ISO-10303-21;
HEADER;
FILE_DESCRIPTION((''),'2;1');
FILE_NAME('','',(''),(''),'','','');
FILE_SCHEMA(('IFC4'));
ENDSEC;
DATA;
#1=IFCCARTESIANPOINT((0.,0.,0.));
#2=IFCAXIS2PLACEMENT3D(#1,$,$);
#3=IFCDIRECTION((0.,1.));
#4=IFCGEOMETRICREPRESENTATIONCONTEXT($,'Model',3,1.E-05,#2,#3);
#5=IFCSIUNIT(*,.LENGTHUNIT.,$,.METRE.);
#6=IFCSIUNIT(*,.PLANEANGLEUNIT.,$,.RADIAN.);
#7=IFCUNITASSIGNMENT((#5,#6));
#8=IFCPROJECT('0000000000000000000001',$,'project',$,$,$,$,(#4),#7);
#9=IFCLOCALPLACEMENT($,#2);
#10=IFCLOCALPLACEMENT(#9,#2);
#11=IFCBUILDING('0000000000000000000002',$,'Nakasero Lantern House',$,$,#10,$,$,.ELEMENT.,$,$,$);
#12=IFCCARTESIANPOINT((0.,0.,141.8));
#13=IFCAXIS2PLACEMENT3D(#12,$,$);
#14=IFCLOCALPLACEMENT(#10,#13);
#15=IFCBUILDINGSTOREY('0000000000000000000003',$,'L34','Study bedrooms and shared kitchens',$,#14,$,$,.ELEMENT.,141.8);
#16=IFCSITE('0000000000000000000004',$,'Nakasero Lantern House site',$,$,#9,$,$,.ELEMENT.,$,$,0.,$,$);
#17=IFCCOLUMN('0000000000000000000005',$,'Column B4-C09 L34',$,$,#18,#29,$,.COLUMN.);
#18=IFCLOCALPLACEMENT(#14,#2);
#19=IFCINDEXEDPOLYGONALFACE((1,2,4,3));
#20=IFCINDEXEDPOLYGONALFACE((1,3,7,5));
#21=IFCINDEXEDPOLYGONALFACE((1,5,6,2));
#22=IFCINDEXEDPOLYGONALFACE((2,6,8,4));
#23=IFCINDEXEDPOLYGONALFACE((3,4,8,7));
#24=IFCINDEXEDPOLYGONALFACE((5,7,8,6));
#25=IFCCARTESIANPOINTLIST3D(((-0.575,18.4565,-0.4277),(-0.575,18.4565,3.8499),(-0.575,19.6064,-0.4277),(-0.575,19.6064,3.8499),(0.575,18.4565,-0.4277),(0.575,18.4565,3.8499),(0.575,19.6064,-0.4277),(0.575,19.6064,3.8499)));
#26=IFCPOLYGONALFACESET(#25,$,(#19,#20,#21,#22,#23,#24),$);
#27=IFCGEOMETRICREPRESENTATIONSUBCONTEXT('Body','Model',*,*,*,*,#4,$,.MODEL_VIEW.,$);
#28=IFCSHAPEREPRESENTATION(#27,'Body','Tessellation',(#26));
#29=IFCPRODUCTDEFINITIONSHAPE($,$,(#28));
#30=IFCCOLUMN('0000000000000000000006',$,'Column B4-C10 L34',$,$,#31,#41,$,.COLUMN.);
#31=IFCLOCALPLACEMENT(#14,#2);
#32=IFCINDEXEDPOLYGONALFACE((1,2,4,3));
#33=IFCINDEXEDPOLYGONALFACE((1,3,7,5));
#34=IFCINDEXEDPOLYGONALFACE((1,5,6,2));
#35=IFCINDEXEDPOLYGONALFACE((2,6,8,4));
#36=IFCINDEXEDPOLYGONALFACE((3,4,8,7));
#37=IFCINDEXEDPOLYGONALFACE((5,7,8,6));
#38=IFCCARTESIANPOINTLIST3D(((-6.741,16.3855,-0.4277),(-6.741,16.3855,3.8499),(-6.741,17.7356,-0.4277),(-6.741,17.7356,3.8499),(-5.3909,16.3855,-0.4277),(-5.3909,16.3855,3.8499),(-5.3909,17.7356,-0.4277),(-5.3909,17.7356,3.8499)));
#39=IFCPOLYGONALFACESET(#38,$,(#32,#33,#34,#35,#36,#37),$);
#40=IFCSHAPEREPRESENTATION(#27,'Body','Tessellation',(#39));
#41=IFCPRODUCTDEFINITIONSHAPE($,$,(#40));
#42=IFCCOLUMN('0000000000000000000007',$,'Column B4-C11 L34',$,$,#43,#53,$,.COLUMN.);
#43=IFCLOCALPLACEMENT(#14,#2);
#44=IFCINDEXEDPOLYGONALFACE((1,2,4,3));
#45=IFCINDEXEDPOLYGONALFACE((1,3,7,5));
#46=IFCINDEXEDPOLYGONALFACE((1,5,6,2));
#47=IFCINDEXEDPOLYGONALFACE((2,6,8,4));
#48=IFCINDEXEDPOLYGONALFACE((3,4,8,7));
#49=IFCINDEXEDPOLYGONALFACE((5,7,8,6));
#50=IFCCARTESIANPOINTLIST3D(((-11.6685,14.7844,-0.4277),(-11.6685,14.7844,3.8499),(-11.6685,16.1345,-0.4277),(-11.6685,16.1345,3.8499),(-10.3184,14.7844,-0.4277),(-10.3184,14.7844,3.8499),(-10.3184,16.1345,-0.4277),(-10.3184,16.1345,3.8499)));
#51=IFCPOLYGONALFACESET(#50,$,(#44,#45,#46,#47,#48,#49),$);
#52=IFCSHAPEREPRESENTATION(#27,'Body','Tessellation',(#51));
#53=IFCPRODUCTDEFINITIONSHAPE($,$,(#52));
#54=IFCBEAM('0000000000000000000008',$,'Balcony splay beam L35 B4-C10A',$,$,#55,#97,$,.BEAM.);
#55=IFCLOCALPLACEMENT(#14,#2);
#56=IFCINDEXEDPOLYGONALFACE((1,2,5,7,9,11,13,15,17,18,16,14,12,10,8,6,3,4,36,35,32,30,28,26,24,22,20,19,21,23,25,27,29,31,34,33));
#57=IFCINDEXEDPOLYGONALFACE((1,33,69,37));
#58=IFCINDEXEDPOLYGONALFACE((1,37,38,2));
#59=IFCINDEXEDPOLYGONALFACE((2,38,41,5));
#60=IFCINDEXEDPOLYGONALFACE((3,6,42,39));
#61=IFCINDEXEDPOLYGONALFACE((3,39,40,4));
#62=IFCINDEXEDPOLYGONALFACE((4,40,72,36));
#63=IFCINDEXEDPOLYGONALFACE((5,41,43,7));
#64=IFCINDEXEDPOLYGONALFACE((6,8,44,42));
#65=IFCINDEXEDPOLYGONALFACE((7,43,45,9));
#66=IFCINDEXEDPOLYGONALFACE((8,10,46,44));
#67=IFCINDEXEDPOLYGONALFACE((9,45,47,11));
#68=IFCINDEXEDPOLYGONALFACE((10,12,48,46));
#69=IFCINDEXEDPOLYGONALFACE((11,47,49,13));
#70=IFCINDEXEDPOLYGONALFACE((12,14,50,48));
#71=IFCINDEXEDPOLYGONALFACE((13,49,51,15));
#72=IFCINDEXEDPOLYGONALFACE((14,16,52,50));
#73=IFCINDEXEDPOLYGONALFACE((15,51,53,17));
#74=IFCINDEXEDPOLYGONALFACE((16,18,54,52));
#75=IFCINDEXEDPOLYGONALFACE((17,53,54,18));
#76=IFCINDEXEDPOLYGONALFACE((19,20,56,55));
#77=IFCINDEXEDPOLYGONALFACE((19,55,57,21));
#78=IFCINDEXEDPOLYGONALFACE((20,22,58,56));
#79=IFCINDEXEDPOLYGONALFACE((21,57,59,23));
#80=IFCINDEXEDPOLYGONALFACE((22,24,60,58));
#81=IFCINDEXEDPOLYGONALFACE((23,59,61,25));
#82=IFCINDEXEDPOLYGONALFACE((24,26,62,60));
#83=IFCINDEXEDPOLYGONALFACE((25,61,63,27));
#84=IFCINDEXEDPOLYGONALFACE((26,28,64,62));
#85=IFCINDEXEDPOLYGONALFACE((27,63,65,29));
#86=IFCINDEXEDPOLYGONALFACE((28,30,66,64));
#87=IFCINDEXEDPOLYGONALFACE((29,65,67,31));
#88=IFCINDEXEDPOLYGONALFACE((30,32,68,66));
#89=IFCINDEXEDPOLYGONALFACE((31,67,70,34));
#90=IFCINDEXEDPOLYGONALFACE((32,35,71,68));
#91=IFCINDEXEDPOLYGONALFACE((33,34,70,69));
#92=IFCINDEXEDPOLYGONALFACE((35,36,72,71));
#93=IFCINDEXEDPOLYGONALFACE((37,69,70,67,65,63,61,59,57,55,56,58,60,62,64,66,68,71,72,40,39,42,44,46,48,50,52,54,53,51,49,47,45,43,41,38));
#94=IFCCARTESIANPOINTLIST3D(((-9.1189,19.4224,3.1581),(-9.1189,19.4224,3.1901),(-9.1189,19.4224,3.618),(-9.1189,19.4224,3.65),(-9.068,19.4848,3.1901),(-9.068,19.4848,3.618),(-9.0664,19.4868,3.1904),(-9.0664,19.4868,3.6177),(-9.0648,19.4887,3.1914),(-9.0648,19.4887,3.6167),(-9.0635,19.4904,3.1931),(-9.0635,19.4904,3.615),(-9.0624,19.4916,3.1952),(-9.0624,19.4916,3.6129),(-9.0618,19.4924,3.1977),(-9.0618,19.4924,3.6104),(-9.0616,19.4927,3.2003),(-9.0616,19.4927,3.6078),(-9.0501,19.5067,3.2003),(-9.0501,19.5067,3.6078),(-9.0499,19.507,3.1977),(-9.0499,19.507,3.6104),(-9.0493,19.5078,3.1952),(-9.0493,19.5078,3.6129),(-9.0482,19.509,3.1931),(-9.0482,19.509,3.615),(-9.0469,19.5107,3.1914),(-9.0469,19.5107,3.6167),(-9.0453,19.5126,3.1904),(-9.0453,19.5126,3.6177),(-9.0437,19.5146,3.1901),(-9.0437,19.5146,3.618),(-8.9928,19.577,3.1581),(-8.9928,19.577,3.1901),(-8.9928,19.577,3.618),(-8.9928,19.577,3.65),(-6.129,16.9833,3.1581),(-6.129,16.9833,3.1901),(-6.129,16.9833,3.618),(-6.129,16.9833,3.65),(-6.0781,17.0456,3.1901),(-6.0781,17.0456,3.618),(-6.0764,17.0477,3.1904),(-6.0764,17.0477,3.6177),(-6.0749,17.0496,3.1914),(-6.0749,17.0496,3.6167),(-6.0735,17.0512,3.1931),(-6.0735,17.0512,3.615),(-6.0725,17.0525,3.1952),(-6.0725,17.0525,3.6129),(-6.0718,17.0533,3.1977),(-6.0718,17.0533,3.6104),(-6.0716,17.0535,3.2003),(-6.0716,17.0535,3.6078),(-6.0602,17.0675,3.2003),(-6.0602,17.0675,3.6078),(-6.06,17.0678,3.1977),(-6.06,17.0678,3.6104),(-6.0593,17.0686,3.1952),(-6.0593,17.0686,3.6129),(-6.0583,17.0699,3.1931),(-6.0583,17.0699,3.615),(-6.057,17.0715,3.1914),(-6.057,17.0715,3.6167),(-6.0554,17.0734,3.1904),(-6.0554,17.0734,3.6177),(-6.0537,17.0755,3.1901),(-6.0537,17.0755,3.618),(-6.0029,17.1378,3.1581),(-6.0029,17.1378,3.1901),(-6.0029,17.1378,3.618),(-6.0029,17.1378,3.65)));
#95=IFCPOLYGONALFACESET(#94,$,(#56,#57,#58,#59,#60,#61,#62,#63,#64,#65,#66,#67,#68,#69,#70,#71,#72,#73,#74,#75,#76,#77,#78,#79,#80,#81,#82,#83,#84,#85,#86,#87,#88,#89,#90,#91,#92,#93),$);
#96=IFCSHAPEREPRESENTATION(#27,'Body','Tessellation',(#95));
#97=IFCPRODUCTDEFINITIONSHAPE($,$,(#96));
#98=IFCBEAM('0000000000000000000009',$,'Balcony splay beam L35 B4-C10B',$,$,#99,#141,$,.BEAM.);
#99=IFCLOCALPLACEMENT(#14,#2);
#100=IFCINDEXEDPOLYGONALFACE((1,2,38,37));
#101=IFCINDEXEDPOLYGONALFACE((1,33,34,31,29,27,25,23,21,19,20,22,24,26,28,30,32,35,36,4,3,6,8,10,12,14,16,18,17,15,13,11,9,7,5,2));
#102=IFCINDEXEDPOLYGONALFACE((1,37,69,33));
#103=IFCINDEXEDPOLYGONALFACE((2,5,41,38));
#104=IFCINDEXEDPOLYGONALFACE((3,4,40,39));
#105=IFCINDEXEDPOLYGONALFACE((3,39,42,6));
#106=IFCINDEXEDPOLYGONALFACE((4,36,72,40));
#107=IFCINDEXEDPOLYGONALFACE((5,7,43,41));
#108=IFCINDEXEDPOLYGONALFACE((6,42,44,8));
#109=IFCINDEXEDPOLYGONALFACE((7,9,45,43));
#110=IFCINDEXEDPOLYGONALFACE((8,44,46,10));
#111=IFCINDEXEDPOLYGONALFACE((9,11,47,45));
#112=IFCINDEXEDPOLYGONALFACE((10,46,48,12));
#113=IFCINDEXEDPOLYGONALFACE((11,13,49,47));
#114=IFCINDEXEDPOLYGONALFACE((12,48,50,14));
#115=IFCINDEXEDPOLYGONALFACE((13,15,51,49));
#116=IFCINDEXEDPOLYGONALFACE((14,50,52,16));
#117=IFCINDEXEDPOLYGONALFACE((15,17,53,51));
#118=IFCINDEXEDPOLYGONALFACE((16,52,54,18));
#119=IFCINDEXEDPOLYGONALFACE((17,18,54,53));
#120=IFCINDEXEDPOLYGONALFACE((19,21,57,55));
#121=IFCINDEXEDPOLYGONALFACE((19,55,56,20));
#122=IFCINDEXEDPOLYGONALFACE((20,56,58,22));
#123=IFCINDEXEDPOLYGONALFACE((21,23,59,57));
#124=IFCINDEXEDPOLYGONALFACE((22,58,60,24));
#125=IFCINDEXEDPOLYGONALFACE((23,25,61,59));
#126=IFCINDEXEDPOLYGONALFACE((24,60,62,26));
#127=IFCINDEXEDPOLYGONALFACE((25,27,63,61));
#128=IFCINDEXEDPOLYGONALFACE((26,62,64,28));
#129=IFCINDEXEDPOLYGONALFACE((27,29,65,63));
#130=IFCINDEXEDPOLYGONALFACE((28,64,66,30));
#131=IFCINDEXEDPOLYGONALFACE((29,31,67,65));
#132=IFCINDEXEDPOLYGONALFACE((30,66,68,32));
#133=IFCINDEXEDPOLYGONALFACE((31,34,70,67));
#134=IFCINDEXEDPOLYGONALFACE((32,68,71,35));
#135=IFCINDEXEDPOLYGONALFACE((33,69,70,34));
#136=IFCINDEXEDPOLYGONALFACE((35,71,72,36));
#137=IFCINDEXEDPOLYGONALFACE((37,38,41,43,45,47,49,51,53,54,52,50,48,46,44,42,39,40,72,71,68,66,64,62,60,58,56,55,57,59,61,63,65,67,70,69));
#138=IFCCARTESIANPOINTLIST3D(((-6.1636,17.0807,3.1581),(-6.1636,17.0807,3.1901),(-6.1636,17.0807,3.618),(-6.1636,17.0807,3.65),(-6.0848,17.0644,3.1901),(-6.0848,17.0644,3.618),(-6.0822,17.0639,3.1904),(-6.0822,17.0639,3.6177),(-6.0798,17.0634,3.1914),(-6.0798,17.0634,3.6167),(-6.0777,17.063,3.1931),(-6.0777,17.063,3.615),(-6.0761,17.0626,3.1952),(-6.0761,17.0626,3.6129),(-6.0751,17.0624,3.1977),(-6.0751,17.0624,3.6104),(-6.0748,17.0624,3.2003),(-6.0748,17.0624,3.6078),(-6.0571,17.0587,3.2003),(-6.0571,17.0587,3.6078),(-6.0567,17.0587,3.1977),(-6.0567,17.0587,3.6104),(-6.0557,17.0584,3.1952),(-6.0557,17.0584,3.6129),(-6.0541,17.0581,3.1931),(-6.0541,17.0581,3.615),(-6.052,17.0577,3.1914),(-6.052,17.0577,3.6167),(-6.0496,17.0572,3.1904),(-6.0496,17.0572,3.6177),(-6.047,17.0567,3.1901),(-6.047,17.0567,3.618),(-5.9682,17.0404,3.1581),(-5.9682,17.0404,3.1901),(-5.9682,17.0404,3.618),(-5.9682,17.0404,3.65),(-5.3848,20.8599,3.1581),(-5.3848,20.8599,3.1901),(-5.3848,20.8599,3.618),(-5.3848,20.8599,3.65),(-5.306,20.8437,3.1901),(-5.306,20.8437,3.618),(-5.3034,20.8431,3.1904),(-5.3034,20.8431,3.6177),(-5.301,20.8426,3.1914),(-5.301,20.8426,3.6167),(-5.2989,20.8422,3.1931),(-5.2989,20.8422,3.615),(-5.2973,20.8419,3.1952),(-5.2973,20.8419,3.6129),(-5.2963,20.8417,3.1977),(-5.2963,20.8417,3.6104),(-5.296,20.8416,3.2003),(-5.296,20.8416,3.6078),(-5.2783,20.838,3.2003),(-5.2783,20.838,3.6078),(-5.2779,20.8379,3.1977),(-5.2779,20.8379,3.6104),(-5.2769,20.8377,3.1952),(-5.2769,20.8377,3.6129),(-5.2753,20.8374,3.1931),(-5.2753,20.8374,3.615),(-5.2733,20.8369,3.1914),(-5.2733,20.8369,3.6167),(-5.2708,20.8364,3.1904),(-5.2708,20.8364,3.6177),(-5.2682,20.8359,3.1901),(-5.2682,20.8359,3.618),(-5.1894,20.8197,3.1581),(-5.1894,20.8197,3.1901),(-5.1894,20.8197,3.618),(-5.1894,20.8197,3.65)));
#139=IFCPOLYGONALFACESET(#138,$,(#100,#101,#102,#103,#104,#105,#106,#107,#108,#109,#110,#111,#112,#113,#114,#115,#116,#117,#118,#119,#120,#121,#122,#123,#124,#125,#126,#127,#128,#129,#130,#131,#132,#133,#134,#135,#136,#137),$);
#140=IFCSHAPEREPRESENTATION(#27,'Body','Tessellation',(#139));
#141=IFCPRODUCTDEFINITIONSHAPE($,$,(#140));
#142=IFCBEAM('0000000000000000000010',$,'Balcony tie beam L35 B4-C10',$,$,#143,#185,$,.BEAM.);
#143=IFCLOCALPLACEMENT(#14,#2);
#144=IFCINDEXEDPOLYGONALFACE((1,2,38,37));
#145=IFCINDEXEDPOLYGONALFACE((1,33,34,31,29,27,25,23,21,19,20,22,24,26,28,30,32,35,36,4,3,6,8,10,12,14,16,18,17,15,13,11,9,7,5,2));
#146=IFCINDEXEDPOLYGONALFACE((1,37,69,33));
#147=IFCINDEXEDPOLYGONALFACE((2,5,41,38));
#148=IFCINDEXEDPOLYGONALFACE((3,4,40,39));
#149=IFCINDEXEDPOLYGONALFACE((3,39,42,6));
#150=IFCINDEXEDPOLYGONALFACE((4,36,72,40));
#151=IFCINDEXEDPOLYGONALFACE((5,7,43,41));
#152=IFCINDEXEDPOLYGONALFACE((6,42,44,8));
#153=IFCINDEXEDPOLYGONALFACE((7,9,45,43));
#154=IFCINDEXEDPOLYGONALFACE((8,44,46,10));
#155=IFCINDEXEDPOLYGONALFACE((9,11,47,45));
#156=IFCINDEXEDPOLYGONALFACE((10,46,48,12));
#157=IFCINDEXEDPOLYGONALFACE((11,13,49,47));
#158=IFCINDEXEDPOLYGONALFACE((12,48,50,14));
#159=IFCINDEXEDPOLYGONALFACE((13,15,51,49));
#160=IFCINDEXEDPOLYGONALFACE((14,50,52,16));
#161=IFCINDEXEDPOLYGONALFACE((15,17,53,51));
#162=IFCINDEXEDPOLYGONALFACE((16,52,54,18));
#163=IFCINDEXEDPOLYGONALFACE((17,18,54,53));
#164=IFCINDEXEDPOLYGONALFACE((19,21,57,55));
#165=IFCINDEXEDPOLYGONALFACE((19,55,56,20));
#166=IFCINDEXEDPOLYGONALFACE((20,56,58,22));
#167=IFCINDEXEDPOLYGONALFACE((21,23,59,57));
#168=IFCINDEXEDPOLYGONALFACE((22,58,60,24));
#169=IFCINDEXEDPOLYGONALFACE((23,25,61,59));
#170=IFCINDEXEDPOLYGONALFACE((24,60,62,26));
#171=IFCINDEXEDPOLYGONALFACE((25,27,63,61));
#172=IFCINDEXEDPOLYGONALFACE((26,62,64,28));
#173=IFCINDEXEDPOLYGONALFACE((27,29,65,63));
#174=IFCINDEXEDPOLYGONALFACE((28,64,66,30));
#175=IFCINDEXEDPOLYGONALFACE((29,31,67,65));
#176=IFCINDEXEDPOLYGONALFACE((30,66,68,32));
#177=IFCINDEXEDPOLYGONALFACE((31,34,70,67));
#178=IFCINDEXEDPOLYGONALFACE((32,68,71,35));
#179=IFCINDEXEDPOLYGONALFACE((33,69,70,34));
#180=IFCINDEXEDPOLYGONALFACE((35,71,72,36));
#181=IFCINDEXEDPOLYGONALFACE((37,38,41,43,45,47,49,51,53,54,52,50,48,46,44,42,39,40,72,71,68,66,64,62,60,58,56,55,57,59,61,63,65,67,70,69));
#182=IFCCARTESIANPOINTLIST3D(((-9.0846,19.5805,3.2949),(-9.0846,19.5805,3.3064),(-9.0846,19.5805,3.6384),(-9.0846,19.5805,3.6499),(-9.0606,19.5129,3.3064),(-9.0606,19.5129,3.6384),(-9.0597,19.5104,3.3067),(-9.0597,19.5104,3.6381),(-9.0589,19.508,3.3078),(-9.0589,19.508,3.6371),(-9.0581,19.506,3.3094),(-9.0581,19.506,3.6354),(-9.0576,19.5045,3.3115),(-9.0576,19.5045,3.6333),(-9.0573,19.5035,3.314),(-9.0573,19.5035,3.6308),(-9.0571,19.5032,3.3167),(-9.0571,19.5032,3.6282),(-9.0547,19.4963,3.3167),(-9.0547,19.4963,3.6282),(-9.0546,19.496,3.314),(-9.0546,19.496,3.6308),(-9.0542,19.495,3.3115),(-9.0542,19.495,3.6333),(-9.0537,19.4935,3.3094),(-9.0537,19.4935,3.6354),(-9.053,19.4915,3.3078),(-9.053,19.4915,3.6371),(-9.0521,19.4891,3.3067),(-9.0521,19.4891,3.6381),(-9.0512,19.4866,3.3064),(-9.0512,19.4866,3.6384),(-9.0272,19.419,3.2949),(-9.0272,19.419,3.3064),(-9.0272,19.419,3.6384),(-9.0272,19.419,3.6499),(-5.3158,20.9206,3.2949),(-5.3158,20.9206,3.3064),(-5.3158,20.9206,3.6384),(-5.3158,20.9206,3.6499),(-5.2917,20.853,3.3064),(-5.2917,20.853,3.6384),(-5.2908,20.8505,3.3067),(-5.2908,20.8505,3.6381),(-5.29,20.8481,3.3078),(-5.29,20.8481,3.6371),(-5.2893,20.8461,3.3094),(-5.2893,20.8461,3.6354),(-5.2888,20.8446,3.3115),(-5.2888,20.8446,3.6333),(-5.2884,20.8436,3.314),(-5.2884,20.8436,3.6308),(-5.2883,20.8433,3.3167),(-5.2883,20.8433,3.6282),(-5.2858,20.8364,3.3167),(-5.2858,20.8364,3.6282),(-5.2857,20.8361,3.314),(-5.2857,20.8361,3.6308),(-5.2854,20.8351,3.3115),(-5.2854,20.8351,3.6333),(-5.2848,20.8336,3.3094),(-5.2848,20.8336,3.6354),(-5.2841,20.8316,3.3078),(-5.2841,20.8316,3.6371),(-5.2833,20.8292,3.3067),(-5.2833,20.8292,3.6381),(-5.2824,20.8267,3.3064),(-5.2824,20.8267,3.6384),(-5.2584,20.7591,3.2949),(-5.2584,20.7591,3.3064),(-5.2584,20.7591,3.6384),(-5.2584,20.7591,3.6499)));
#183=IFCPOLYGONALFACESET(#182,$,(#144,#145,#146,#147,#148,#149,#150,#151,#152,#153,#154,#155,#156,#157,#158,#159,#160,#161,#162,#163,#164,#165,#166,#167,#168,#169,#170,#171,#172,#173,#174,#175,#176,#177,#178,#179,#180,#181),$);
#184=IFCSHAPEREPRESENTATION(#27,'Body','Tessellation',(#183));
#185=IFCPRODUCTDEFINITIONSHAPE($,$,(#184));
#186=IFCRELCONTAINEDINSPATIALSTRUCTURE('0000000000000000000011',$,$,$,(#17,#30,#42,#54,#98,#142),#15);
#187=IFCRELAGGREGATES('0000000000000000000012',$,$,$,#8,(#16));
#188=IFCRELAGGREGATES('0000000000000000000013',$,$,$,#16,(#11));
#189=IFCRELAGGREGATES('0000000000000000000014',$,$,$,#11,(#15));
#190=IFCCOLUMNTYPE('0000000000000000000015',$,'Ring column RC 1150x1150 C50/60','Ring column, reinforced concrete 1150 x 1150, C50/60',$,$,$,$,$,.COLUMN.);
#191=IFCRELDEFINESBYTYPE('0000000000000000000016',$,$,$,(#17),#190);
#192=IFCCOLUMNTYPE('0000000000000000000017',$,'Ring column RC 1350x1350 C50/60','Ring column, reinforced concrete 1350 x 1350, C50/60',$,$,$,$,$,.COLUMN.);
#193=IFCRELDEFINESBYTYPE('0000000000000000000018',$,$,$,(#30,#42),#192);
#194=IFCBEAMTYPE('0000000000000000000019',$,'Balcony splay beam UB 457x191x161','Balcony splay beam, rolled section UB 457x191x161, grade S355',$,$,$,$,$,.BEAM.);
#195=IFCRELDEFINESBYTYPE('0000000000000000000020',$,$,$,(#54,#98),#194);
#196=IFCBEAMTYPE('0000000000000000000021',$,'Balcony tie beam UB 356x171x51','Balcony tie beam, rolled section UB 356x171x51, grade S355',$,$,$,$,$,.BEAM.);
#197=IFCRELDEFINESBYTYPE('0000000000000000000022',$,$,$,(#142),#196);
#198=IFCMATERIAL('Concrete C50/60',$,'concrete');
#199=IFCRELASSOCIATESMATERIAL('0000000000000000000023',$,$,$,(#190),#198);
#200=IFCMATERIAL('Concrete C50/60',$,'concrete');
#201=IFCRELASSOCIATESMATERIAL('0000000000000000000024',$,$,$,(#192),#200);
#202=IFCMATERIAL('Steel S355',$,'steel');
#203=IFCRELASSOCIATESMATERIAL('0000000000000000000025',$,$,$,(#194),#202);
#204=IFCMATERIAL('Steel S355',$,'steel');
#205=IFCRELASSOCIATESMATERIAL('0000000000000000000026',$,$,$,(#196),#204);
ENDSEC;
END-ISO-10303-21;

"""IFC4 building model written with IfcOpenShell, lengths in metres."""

from ifc_helpers import new_model, si_unit, direction, frame, origin, origin_2d, place, context, subcontext, project, spatial, rectangle, i_section, extrude, material, material_profile, profile_set, type_object, element, save


model = new_model("IFC4")

# Units and contexts
model_context = context("Model", 3, precision=1e-05, world=origin(), true_north=direction((0.0, 1.0)))
body_context = subcontext(model_context, "Body", "Model", "MODEL_VIEW")
ifc_project = project(units=[si_unit("LENGTHUNIT", "METRE"), si_unit("PLANEANGLEUNIT", "RADIAN")], contexts=[model_context])

# Site, building, storey
site_placement = place(None, origin())
site = spatial("IfcSite", under=ifc_project, at=site_placement, Name="Nakasero Lantern House site", CompositionType="ELEMENT", RefElevation=0.0)
building_placement = place(site_placement, origin())
building = spatial("IfcBuilding", under=site, at=building_placement, Name="Nakasero Lantern House", CompositionType="ELEMENT")
storey_placement = place(building_placement, frame((0.0, 0.0, 141.8)))
storey = spatial("IfcBuildingStorey", under=building, at=storey_placement, Name="L34", Description="Study bedrooms and shared kitchens", CompositionType="ELEMENT", Elevation=141.8)

# Columns
ifc_material_1 = material(Name="Concrete C50/60", Category="concrete")
ifc_material_profile_1 = material_profile(ifc_material_1, rectangle(XDim=1.1499, YDim=1.1499, at=origin_2d()), Name="RC 1150x1150")
ifc_profile_set_1 = profile_set([ifc_material_profile_1], Name="Concrete C50/60")
column_type_1 = type_object("IfcColumnType", Name="Ring column RC 1150x1150 C50/60", Description="Ring column, reinforced concrete 1150 x 1150, C50/60", PredefinedType="COLUMN", material=ifc_profile_set_1)
column_placement = place(storey_placement, frame((0.0, 19.0315, -0.4277), z_axis=(0.0, 0.0, 1.0), x_axis=(1.0, 0.0, 0.0)))
element("IfcColumn", 1, at=column_placement, inside=storey, type_object=column_type_1, Name="Column B4-C09 L34", PredefinedType="COLUMN", context=body_context, shape_type="SweptSolid", body=[
    extrude(rectangle(XDim=1.1499, YDim=1.1499, at=origin_2d()), origin(), (0.0, 0.0, 1.0), 4.2776),
])
ifc_material_2 = material(Name="Concrete C50/60", Category="concrete")
ifc_material_profile_2 = material_profile(ifc_material_2, rectangle(XDim=1.3501, YDim=1.3501, at=origin_2d()), Name="RC 1350x1350")
ifc_profile_set_2 = profile_set([ifc_material_profile_2], Name="Concrete C50/60")
column_type_2 = type_object("IfcColumnType", Name="Ring column RC 1350x1350 C50/60", Description="Ring column, reinforced concrete 1350 x 1350, C50/60", PredefinedType="COLUMN", material=ifc_profile_set_2)
for number, where, z_axis, x_axis, name in (
    (2, (-6.0659, 17.0605, -0.4277), (0.0, 0.0, 1.0), (1.0, 0.0, 0.0), "Column B4-C10 L34"),
    (3, (-10.9934, 15.4595, -0.4277), (0.0, 0.0, 1.0), (1.0, 0.0, 0.0), "Column B4-C11 L34"),
):
    element("IfcColumn", number, at=place(storey_placement, frame(where, z_axis=z_axis, x_axis=x_axis)), inside=storey, type_object=column_type_2, Name=name, PredefinedType="COLUMN", context=body_context, shape_type="SweptSolid", body=[
        extrude(rectangle(XDim=1.3501, YDim=1.3501, at=origin_2d()), origin(), (0.0, 0.0, 1.0), 4.2776),
    ])

# Beams
ifc_material_3 = material(Name="Steel S355", Category="steel")
ifc_material_profile_3 = material_profile(ifc_material_3, i_section(OverallWidth=0.1995, OverallDepth=0.4919, WebThickness=0.0181, FlangeThickness=0.032, FilletRadius=0.0103, at=origin_2d()), Name="UB 457x191x161")
ifc_profile_set_3 = profile_set([ifc_material_profile_3], Name="Steel S355")
beam_type_1 = type_object("IfcBeamType", Name="Balcony splay beam UB 457x191x161", Description="Balcony splay beam, rolled section UB 457x191x161, grade S355", PredefinedType="BEAM", material=ifc_profile_set_3)
for number, where, z_axis, x_axis, name in (
    (4, (-6.0659, 17.0605, 3.4041), (-0.774864, 0.632128, 0.0), (-0.632128, -0.774864, 0.0), "Balcony splay beam L35 B4-C10A"),
    (5, (-6.0659, 17.0605, 3.4041), (0.201831, 0.97942, 0.0), (-0.97942, 0.201831, 0.0), "Balcony splay beam L35 B4-C10B"),
):
    element("IfcBeam", number, at=place(storey_placement, frame(where, z_axis=z_axis, x_axis=x_axis)), inside=storey, type_object=beam_type_1, Name=name, PredefinedType="BEAM", context=body_context, shape_type="SweptSolid", body=[
        extrude(i_section(OverallWidth=0.1995, OverallDepth=0.4919, WebThickness=0.0181, FlangeThickness=0.032, FilletRadius=0.0103, at=origin_2d()), origin(), (0.0, 0.0, 1.0), 3.8586),
    ])
ifc_material_4 = material(Name="Steel S355", Category="steel")
ifc_material_profile_4 = material_profile(ifc_material_4, i_section(OverallWidth=0.1714, OverallDepth=0.355, WebThickness=0.0073, FlangeThickness=0.0115, FilletRadius=0.0103, at=origin_2d()), Name="UB 356x171x51")
ifc_profile_set_4 = profile_set([ifc_material_profile_4], Name="Steel S355")
beam_type_2 = type_object("IfcBeamType", Name="Balcony tie beam UB 356x171x51", Description="Balcony tie beam, rolled section UB 356x171x51, grade S355", PredefinedType="BEAM", material=ifc_profile_set_4)
beam_1_placement = place(storey_placement, frame((-9.0559, 19.4998, 3.4724), z_axis=(0.942209, 0.335025, 0.0), x_axis=(-0.335025, 0.942209, 0.0)))
element("IfcBeam", 6, at=beam_1_placement, inside=storey, type_object=beam_type_2, Name="Balcony tie beam L35 B4-C10", PredefinedType="BEAM", context=body_context, shape_type="SweptSolid", body=[
    extrude(i_section(OverallWidth=0.1714, OverallDepth=0.355, WebThickness=0.0073, FlangeThickness=0.0115, FilletRadius=0.0103, at=origin_2d()), origin(), (0.0, 0.0, 1.0), 4.0),
])

save(model, "model.ifc")
